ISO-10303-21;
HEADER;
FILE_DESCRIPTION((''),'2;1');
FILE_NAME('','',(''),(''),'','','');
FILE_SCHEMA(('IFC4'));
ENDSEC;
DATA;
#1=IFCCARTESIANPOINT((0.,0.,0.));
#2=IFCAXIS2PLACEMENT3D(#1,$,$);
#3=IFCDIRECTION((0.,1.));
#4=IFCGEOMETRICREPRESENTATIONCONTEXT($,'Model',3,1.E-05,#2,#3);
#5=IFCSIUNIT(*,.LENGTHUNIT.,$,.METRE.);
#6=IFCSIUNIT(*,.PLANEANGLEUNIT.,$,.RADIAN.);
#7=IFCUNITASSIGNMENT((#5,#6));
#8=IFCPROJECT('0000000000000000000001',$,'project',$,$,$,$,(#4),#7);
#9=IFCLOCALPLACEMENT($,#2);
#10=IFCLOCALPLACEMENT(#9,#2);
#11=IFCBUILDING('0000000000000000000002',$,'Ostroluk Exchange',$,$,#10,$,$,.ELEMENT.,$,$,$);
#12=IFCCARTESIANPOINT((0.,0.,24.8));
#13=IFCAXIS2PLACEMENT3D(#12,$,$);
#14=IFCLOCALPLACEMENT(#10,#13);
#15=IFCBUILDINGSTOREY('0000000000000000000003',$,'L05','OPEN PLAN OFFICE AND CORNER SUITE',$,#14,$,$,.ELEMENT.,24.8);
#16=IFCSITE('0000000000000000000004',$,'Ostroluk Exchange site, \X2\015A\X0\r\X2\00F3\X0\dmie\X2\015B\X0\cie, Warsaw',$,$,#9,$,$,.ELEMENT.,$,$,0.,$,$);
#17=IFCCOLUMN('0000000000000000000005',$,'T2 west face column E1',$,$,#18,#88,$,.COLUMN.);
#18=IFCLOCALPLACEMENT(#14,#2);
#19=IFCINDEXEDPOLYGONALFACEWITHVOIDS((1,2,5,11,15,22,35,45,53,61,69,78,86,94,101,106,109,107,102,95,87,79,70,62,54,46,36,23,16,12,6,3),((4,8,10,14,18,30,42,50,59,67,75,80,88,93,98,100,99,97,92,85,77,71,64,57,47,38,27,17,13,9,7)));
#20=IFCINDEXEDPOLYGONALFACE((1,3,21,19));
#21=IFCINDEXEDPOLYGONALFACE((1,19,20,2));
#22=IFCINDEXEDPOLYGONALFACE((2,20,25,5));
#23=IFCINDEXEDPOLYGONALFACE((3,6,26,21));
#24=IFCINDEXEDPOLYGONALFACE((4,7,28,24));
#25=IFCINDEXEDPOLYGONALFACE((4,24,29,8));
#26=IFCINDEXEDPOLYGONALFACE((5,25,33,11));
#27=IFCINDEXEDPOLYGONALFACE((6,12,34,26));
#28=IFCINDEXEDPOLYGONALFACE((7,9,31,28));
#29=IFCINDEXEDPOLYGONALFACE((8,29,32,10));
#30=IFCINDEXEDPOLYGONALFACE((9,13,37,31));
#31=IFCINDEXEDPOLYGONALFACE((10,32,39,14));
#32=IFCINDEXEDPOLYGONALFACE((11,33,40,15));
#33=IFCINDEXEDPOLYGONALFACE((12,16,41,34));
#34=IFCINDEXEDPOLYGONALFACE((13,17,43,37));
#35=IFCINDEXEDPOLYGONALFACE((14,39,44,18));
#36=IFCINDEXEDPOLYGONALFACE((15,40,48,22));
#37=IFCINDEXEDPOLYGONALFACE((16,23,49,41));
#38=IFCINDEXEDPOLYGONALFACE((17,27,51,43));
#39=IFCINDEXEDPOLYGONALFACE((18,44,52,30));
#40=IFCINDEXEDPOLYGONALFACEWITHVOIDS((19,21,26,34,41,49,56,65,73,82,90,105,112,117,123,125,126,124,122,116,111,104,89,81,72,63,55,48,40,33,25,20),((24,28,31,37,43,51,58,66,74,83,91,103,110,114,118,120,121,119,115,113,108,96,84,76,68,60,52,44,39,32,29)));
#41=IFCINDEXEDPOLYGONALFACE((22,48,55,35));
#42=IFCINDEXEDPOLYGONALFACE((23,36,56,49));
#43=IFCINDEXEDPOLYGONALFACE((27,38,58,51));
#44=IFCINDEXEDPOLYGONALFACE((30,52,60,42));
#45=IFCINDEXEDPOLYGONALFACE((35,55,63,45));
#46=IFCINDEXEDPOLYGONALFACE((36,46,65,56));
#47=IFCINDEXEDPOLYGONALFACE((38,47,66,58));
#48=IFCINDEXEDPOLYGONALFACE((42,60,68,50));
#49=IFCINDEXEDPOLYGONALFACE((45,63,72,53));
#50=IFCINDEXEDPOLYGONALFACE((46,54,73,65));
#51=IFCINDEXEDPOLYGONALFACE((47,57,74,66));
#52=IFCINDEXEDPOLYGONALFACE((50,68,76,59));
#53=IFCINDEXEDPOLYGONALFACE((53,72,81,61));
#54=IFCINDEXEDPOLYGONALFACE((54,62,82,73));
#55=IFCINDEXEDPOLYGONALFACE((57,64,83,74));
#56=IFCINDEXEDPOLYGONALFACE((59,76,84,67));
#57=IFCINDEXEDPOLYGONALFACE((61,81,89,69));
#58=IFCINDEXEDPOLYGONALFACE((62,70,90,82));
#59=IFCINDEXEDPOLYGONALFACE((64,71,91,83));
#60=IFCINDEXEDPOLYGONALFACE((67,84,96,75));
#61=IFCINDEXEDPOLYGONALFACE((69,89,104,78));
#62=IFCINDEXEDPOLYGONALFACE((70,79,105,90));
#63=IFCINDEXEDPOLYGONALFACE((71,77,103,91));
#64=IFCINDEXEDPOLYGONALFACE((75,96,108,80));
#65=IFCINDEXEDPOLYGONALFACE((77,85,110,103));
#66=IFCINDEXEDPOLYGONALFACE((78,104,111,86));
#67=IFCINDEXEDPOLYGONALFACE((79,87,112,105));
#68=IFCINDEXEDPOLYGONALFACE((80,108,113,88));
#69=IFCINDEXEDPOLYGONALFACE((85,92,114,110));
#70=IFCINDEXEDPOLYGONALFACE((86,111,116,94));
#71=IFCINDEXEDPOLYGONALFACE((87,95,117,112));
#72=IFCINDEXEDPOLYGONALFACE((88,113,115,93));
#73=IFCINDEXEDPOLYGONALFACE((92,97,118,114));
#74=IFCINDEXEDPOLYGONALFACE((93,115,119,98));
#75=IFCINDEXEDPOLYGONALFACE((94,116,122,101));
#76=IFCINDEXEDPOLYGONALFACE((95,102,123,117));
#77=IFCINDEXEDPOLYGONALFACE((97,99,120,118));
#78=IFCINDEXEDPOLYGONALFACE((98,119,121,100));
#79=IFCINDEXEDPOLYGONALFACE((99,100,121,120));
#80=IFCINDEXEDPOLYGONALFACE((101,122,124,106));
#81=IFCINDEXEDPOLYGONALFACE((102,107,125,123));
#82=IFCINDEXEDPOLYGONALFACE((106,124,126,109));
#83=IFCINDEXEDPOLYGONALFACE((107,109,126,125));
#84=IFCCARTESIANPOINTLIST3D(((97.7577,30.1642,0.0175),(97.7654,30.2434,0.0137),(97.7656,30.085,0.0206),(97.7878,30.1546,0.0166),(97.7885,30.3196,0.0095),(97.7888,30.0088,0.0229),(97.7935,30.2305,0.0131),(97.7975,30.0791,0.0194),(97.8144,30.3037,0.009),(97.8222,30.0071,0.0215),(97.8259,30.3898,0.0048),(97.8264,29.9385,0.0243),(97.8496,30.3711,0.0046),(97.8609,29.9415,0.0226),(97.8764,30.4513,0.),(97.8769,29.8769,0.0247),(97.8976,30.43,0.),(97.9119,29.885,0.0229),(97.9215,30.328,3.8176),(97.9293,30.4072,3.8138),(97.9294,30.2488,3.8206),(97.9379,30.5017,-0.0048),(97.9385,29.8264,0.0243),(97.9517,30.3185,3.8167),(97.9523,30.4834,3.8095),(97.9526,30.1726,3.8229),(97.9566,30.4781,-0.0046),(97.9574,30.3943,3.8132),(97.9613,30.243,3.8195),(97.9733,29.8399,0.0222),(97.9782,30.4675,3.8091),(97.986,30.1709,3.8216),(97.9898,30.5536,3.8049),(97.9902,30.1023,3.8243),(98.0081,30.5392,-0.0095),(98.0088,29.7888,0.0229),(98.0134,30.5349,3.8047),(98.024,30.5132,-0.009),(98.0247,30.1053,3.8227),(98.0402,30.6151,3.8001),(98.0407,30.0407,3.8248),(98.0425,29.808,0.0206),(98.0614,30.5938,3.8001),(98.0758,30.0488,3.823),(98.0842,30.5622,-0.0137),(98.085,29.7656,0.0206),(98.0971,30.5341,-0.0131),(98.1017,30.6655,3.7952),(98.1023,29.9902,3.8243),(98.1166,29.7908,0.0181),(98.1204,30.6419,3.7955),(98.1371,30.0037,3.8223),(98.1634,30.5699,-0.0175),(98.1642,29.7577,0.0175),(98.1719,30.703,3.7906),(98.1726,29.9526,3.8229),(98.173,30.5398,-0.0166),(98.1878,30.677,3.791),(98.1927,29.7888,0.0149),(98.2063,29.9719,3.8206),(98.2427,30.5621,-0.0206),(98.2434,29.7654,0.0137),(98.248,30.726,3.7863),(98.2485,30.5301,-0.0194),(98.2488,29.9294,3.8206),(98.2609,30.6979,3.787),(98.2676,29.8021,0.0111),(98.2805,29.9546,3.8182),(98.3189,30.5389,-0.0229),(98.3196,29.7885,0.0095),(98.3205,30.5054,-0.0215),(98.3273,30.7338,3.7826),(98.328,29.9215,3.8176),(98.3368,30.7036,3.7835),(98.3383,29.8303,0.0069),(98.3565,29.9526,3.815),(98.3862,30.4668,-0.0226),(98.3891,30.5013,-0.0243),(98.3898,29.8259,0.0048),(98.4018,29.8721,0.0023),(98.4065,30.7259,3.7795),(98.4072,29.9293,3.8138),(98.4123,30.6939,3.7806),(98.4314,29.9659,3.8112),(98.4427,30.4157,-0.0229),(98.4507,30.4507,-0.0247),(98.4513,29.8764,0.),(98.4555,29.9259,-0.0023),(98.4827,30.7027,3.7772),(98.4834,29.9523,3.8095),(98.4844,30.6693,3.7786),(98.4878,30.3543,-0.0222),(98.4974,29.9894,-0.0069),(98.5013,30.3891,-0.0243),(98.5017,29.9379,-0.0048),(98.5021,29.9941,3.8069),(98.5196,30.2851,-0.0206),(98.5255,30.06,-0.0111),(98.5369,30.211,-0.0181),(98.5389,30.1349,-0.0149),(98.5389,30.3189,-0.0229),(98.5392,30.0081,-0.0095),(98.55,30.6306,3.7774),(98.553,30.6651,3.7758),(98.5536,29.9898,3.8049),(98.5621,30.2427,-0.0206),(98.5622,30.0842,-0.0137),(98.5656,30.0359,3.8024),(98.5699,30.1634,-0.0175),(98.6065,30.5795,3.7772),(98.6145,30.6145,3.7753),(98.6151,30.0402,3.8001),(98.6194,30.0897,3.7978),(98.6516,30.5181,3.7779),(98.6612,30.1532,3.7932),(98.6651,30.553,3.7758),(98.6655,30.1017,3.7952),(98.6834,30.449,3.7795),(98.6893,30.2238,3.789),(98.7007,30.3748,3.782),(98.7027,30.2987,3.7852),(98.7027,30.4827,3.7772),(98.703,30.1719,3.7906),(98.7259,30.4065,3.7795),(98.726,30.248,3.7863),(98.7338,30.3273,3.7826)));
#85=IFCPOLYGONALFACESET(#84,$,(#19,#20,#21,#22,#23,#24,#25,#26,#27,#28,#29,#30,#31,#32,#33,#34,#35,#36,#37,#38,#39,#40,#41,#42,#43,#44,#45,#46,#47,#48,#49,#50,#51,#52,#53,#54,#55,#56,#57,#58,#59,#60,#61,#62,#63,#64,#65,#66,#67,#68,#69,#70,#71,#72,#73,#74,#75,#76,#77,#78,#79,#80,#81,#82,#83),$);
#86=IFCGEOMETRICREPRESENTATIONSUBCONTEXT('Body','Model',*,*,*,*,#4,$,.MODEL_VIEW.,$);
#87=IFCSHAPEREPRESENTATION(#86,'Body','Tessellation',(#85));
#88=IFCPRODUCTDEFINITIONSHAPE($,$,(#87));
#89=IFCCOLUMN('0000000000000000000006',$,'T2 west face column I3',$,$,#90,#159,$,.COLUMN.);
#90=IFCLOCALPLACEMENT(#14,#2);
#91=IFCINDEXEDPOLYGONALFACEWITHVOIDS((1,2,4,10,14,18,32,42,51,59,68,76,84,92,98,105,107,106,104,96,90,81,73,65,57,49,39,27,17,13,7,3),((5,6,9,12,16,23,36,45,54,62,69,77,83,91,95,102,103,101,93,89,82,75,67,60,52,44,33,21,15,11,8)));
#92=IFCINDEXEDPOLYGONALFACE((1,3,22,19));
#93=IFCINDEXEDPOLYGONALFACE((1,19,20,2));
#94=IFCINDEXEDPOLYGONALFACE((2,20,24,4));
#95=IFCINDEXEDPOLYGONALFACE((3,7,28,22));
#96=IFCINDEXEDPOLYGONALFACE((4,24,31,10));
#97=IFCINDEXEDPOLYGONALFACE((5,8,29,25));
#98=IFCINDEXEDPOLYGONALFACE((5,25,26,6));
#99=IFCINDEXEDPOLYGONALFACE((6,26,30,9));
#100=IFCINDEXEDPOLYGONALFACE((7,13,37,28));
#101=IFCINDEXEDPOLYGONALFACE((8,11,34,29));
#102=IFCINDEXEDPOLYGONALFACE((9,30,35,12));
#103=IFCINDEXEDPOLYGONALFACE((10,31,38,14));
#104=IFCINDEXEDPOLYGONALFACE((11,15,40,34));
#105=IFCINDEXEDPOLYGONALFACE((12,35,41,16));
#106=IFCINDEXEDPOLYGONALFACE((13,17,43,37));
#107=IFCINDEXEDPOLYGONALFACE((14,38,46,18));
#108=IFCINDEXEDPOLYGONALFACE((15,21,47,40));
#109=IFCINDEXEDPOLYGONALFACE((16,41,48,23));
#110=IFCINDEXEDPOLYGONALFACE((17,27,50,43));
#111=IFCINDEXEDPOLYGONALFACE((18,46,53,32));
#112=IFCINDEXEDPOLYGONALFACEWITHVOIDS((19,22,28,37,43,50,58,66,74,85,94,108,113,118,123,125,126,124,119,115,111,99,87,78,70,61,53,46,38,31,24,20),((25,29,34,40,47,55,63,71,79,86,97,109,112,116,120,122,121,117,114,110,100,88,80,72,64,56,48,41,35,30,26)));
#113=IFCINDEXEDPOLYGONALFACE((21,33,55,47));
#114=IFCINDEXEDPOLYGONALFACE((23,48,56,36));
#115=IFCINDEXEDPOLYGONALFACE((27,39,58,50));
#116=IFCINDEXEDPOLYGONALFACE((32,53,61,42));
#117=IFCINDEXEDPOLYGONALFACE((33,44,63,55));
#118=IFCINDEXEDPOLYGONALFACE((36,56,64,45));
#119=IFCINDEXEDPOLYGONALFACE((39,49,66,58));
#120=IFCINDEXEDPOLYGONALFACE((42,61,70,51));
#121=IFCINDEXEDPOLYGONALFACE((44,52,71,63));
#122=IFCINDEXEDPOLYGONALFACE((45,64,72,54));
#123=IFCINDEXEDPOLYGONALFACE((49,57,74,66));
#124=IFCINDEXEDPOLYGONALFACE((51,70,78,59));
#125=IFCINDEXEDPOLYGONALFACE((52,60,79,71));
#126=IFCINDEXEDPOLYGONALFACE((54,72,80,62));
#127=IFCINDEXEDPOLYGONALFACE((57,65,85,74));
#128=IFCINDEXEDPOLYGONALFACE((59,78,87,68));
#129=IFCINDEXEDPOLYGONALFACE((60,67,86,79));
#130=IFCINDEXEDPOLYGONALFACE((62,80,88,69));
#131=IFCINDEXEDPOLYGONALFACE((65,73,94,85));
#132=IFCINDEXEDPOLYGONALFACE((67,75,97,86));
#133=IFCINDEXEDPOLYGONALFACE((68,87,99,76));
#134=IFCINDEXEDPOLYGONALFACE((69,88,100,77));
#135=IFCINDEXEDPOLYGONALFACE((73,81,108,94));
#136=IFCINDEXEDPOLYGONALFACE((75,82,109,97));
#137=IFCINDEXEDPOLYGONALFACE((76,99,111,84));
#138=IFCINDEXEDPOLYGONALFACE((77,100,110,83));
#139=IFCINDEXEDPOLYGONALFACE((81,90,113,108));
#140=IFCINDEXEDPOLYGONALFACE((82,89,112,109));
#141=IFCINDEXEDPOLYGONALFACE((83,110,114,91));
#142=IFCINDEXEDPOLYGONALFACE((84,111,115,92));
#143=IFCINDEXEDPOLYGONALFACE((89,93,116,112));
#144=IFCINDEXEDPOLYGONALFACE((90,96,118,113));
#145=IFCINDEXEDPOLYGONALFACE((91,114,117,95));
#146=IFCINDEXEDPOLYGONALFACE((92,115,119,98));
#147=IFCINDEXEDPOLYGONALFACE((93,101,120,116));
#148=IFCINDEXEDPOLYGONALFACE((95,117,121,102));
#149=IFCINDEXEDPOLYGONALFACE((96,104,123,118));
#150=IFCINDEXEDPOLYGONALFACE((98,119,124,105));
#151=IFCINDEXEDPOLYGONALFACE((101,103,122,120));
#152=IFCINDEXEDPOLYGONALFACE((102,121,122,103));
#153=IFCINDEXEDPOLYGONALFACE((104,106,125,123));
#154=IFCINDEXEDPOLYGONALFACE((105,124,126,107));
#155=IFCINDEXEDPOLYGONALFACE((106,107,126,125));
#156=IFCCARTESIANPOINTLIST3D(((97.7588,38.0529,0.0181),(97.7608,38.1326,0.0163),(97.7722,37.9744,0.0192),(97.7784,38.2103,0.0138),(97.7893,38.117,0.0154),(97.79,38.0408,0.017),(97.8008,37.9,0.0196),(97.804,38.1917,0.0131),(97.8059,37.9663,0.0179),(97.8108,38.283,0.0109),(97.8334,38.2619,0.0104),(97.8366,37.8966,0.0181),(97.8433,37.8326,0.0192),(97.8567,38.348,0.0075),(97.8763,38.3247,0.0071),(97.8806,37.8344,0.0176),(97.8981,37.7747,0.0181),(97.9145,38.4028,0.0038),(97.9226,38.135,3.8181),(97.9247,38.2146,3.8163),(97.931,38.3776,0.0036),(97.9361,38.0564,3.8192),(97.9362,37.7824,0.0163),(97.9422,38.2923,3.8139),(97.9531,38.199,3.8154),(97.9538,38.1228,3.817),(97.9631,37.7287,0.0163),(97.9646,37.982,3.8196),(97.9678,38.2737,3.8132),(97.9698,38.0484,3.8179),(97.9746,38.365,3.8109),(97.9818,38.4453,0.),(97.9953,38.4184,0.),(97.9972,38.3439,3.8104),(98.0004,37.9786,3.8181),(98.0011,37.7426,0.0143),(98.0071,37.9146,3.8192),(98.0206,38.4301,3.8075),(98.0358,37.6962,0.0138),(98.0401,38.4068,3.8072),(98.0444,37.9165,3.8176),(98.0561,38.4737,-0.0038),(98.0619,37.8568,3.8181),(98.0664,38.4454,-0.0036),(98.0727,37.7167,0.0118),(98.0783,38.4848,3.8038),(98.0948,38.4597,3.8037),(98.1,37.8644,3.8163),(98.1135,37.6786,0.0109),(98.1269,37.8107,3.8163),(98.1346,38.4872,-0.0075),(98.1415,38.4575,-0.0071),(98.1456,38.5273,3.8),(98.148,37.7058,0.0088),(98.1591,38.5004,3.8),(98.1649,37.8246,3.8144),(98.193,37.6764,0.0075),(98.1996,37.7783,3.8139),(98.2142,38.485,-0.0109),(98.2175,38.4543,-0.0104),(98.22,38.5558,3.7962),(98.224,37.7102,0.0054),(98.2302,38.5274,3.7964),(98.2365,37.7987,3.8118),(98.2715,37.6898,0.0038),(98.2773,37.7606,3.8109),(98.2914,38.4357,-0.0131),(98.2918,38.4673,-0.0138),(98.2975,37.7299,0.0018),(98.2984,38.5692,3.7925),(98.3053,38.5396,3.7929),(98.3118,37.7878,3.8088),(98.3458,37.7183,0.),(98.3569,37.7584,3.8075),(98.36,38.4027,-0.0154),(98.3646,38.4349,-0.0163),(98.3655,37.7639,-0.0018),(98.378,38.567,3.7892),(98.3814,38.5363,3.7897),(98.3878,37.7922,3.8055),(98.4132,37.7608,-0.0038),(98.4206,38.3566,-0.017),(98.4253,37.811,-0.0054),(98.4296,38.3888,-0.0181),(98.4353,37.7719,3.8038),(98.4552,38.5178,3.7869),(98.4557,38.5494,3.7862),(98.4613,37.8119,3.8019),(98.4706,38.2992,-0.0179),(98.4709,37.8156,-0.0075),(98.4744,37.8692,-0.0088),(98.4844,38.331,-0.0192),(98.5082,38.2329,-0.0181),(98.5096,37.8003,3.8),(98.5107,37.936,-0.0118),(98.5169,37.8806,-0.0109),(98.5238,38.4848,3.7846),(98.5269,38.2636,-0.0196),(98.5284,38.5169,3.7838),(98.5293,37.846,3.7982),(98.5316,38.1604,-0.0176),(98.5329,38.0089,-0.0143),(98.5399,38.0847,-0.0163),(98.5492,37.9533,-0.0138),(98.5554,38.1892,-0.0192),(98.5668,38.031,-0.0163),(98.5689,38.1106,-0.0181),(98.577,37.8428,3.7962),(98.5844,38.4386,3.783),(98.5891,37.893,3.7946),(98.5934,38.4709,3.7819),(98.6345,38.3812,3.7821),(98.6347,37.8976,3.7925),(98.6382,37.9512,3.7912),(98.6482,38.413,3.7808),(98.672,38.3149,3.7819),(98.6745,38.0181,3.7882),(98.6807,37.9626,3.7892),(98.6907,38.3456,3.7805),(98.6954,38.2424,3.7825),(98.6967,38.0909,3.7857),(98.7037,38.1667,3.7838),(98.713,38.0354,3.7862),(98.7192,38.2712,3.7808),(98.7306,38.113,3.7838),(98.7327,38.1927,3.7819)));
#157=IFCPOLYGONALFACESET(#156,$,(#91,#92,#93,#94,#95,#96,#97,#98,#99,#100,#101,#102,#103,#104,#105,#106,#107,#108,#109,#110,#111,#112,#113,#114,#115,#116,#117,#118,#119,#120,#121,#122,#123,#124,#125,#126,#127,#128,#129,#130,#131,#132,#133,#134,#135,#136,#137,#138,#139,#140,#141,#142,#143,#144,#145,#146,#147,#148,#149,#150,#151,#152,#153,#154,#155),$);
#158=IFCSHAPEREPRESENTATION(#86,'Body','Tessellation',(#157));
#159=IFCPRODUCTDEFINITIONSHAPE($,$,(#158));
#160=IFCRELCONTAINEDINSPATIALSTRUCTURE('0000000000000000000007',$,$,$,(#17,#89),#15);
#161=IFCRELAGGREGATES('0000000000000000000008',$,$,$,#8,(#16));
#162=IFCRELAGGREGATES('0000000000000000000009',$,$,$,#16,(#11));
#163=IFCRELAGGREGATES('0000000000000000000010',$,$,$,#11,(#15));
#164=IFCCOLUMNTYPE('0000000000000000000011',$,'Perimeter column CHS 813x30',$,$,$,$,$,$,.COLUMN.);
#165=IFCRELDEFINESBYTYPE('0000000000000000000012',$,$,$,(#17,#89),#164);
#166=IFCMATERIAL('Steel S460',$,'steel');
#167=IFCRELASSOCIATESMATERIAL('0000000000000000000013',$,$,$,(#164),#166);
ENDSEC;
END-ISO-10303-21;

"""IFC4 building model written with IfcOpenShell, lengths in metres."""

from ifc_helpers import new_model, si_unit, direction, frame, origin, origin_2d, place, context, subcontext, project, spatial, hollow_circle, extrude, material, material_profile, profile_set, type_object, element, save


model = new_model("IFC4")

# Units and contexts
model_context = context("Model", 3, precision=1e-05, world=origin(), true_north=direction((0.0, 1.0)))
body_context = subcontext(model_context, "Body", "Model", "MODEL_VIEW")
ifc_project = project(units=[si_unit("LENGTHUNIT", "METRE"), si_unit("PLANEANGLEUNIT", "RADIAN")], contexts=[model_context])

# Site, building, storey
site_placement = place(None, origin())
site = spatial("IfcSite", under=ifc_project, at=site_placement, Name="Ostroluk Exchange site, Śródmieście, Warsaw", CompositionType="ELEMENT", RefElevation=0.0)
building_placement = place(site_placement, origin())
building = spatial("IfcBuilding", under=site, at=building_placement, Name="Ostroluk Exchange", CompositionType="ELEMENT")
storey_placement = place(building_placement, frame((0.0, 0.0, 24.8)))
storey = spatial("IfcBuildingStorey", under=building, at=storey_placement, Name="L05", Description="OPEN PLAN OFFICE AND CORNER SUITE", CompositionType="ELEMENT", Elevation=24.8)

# Columns
ifc_material_1 = material(Name="Steel S460", Category="steel")
ifc_material_profile_1 = material_profile(ifc_material_1, hollow_circle(Radius=0.4065, WallThickness=0.03, at=origin_2d()), Name="CHS 813x30")
ifc_profile_set_1 = profile_set([ifc_material_profile_1], Name="Steel S460")
column_type = type_object("IfcColumnType", Name="Perimeter column CHS 813x30", PredefinedType="COLUMN", material=ifc_profile_set_1)
column_1_placement = place(storey_placement, frame((98.1638, 30.1638, 0.0), z_axis=(0.04303, 0.04303, 0.998147), x_axis=(-0.707107, 0.707107, 0.0)))
element("IfcColumn", 1, at=column_1_placement, inside=storey, type_object=column_type, Name="T2 west face column E1", PredefinedType="COLUMN", context=body_context, shape_type="SweptSolid", body=[
    extrude(hollow_circle(Radius=0.4065, WallThickness=0.03, at=origin_2d()), origin(), (0.0, 0.0, 1.0), 3.8071),
])
column_2_placement = place(storey_placement, frame((98.1638, 38.0818, 0.0), z_axis=(0.04306, 0.021562, 0.99884), x_axis=(-0.447747, 0.894161, 0.0)))
element("IfcColumn", 2, at=column_2_placement, inside=storey, type_object=column_type, Name="T2 west face column I3", PredefinedType="COLUMN", context=body_context, shape_type="SweptSolid", body=[
    extrude(hollow_circle(Radius=0.4065, WallThickness=0.03, at=origin_2d()), origin(), (0.0, 0.0, 1.0), 3.8044),
])

save(model, "model.ifc")
